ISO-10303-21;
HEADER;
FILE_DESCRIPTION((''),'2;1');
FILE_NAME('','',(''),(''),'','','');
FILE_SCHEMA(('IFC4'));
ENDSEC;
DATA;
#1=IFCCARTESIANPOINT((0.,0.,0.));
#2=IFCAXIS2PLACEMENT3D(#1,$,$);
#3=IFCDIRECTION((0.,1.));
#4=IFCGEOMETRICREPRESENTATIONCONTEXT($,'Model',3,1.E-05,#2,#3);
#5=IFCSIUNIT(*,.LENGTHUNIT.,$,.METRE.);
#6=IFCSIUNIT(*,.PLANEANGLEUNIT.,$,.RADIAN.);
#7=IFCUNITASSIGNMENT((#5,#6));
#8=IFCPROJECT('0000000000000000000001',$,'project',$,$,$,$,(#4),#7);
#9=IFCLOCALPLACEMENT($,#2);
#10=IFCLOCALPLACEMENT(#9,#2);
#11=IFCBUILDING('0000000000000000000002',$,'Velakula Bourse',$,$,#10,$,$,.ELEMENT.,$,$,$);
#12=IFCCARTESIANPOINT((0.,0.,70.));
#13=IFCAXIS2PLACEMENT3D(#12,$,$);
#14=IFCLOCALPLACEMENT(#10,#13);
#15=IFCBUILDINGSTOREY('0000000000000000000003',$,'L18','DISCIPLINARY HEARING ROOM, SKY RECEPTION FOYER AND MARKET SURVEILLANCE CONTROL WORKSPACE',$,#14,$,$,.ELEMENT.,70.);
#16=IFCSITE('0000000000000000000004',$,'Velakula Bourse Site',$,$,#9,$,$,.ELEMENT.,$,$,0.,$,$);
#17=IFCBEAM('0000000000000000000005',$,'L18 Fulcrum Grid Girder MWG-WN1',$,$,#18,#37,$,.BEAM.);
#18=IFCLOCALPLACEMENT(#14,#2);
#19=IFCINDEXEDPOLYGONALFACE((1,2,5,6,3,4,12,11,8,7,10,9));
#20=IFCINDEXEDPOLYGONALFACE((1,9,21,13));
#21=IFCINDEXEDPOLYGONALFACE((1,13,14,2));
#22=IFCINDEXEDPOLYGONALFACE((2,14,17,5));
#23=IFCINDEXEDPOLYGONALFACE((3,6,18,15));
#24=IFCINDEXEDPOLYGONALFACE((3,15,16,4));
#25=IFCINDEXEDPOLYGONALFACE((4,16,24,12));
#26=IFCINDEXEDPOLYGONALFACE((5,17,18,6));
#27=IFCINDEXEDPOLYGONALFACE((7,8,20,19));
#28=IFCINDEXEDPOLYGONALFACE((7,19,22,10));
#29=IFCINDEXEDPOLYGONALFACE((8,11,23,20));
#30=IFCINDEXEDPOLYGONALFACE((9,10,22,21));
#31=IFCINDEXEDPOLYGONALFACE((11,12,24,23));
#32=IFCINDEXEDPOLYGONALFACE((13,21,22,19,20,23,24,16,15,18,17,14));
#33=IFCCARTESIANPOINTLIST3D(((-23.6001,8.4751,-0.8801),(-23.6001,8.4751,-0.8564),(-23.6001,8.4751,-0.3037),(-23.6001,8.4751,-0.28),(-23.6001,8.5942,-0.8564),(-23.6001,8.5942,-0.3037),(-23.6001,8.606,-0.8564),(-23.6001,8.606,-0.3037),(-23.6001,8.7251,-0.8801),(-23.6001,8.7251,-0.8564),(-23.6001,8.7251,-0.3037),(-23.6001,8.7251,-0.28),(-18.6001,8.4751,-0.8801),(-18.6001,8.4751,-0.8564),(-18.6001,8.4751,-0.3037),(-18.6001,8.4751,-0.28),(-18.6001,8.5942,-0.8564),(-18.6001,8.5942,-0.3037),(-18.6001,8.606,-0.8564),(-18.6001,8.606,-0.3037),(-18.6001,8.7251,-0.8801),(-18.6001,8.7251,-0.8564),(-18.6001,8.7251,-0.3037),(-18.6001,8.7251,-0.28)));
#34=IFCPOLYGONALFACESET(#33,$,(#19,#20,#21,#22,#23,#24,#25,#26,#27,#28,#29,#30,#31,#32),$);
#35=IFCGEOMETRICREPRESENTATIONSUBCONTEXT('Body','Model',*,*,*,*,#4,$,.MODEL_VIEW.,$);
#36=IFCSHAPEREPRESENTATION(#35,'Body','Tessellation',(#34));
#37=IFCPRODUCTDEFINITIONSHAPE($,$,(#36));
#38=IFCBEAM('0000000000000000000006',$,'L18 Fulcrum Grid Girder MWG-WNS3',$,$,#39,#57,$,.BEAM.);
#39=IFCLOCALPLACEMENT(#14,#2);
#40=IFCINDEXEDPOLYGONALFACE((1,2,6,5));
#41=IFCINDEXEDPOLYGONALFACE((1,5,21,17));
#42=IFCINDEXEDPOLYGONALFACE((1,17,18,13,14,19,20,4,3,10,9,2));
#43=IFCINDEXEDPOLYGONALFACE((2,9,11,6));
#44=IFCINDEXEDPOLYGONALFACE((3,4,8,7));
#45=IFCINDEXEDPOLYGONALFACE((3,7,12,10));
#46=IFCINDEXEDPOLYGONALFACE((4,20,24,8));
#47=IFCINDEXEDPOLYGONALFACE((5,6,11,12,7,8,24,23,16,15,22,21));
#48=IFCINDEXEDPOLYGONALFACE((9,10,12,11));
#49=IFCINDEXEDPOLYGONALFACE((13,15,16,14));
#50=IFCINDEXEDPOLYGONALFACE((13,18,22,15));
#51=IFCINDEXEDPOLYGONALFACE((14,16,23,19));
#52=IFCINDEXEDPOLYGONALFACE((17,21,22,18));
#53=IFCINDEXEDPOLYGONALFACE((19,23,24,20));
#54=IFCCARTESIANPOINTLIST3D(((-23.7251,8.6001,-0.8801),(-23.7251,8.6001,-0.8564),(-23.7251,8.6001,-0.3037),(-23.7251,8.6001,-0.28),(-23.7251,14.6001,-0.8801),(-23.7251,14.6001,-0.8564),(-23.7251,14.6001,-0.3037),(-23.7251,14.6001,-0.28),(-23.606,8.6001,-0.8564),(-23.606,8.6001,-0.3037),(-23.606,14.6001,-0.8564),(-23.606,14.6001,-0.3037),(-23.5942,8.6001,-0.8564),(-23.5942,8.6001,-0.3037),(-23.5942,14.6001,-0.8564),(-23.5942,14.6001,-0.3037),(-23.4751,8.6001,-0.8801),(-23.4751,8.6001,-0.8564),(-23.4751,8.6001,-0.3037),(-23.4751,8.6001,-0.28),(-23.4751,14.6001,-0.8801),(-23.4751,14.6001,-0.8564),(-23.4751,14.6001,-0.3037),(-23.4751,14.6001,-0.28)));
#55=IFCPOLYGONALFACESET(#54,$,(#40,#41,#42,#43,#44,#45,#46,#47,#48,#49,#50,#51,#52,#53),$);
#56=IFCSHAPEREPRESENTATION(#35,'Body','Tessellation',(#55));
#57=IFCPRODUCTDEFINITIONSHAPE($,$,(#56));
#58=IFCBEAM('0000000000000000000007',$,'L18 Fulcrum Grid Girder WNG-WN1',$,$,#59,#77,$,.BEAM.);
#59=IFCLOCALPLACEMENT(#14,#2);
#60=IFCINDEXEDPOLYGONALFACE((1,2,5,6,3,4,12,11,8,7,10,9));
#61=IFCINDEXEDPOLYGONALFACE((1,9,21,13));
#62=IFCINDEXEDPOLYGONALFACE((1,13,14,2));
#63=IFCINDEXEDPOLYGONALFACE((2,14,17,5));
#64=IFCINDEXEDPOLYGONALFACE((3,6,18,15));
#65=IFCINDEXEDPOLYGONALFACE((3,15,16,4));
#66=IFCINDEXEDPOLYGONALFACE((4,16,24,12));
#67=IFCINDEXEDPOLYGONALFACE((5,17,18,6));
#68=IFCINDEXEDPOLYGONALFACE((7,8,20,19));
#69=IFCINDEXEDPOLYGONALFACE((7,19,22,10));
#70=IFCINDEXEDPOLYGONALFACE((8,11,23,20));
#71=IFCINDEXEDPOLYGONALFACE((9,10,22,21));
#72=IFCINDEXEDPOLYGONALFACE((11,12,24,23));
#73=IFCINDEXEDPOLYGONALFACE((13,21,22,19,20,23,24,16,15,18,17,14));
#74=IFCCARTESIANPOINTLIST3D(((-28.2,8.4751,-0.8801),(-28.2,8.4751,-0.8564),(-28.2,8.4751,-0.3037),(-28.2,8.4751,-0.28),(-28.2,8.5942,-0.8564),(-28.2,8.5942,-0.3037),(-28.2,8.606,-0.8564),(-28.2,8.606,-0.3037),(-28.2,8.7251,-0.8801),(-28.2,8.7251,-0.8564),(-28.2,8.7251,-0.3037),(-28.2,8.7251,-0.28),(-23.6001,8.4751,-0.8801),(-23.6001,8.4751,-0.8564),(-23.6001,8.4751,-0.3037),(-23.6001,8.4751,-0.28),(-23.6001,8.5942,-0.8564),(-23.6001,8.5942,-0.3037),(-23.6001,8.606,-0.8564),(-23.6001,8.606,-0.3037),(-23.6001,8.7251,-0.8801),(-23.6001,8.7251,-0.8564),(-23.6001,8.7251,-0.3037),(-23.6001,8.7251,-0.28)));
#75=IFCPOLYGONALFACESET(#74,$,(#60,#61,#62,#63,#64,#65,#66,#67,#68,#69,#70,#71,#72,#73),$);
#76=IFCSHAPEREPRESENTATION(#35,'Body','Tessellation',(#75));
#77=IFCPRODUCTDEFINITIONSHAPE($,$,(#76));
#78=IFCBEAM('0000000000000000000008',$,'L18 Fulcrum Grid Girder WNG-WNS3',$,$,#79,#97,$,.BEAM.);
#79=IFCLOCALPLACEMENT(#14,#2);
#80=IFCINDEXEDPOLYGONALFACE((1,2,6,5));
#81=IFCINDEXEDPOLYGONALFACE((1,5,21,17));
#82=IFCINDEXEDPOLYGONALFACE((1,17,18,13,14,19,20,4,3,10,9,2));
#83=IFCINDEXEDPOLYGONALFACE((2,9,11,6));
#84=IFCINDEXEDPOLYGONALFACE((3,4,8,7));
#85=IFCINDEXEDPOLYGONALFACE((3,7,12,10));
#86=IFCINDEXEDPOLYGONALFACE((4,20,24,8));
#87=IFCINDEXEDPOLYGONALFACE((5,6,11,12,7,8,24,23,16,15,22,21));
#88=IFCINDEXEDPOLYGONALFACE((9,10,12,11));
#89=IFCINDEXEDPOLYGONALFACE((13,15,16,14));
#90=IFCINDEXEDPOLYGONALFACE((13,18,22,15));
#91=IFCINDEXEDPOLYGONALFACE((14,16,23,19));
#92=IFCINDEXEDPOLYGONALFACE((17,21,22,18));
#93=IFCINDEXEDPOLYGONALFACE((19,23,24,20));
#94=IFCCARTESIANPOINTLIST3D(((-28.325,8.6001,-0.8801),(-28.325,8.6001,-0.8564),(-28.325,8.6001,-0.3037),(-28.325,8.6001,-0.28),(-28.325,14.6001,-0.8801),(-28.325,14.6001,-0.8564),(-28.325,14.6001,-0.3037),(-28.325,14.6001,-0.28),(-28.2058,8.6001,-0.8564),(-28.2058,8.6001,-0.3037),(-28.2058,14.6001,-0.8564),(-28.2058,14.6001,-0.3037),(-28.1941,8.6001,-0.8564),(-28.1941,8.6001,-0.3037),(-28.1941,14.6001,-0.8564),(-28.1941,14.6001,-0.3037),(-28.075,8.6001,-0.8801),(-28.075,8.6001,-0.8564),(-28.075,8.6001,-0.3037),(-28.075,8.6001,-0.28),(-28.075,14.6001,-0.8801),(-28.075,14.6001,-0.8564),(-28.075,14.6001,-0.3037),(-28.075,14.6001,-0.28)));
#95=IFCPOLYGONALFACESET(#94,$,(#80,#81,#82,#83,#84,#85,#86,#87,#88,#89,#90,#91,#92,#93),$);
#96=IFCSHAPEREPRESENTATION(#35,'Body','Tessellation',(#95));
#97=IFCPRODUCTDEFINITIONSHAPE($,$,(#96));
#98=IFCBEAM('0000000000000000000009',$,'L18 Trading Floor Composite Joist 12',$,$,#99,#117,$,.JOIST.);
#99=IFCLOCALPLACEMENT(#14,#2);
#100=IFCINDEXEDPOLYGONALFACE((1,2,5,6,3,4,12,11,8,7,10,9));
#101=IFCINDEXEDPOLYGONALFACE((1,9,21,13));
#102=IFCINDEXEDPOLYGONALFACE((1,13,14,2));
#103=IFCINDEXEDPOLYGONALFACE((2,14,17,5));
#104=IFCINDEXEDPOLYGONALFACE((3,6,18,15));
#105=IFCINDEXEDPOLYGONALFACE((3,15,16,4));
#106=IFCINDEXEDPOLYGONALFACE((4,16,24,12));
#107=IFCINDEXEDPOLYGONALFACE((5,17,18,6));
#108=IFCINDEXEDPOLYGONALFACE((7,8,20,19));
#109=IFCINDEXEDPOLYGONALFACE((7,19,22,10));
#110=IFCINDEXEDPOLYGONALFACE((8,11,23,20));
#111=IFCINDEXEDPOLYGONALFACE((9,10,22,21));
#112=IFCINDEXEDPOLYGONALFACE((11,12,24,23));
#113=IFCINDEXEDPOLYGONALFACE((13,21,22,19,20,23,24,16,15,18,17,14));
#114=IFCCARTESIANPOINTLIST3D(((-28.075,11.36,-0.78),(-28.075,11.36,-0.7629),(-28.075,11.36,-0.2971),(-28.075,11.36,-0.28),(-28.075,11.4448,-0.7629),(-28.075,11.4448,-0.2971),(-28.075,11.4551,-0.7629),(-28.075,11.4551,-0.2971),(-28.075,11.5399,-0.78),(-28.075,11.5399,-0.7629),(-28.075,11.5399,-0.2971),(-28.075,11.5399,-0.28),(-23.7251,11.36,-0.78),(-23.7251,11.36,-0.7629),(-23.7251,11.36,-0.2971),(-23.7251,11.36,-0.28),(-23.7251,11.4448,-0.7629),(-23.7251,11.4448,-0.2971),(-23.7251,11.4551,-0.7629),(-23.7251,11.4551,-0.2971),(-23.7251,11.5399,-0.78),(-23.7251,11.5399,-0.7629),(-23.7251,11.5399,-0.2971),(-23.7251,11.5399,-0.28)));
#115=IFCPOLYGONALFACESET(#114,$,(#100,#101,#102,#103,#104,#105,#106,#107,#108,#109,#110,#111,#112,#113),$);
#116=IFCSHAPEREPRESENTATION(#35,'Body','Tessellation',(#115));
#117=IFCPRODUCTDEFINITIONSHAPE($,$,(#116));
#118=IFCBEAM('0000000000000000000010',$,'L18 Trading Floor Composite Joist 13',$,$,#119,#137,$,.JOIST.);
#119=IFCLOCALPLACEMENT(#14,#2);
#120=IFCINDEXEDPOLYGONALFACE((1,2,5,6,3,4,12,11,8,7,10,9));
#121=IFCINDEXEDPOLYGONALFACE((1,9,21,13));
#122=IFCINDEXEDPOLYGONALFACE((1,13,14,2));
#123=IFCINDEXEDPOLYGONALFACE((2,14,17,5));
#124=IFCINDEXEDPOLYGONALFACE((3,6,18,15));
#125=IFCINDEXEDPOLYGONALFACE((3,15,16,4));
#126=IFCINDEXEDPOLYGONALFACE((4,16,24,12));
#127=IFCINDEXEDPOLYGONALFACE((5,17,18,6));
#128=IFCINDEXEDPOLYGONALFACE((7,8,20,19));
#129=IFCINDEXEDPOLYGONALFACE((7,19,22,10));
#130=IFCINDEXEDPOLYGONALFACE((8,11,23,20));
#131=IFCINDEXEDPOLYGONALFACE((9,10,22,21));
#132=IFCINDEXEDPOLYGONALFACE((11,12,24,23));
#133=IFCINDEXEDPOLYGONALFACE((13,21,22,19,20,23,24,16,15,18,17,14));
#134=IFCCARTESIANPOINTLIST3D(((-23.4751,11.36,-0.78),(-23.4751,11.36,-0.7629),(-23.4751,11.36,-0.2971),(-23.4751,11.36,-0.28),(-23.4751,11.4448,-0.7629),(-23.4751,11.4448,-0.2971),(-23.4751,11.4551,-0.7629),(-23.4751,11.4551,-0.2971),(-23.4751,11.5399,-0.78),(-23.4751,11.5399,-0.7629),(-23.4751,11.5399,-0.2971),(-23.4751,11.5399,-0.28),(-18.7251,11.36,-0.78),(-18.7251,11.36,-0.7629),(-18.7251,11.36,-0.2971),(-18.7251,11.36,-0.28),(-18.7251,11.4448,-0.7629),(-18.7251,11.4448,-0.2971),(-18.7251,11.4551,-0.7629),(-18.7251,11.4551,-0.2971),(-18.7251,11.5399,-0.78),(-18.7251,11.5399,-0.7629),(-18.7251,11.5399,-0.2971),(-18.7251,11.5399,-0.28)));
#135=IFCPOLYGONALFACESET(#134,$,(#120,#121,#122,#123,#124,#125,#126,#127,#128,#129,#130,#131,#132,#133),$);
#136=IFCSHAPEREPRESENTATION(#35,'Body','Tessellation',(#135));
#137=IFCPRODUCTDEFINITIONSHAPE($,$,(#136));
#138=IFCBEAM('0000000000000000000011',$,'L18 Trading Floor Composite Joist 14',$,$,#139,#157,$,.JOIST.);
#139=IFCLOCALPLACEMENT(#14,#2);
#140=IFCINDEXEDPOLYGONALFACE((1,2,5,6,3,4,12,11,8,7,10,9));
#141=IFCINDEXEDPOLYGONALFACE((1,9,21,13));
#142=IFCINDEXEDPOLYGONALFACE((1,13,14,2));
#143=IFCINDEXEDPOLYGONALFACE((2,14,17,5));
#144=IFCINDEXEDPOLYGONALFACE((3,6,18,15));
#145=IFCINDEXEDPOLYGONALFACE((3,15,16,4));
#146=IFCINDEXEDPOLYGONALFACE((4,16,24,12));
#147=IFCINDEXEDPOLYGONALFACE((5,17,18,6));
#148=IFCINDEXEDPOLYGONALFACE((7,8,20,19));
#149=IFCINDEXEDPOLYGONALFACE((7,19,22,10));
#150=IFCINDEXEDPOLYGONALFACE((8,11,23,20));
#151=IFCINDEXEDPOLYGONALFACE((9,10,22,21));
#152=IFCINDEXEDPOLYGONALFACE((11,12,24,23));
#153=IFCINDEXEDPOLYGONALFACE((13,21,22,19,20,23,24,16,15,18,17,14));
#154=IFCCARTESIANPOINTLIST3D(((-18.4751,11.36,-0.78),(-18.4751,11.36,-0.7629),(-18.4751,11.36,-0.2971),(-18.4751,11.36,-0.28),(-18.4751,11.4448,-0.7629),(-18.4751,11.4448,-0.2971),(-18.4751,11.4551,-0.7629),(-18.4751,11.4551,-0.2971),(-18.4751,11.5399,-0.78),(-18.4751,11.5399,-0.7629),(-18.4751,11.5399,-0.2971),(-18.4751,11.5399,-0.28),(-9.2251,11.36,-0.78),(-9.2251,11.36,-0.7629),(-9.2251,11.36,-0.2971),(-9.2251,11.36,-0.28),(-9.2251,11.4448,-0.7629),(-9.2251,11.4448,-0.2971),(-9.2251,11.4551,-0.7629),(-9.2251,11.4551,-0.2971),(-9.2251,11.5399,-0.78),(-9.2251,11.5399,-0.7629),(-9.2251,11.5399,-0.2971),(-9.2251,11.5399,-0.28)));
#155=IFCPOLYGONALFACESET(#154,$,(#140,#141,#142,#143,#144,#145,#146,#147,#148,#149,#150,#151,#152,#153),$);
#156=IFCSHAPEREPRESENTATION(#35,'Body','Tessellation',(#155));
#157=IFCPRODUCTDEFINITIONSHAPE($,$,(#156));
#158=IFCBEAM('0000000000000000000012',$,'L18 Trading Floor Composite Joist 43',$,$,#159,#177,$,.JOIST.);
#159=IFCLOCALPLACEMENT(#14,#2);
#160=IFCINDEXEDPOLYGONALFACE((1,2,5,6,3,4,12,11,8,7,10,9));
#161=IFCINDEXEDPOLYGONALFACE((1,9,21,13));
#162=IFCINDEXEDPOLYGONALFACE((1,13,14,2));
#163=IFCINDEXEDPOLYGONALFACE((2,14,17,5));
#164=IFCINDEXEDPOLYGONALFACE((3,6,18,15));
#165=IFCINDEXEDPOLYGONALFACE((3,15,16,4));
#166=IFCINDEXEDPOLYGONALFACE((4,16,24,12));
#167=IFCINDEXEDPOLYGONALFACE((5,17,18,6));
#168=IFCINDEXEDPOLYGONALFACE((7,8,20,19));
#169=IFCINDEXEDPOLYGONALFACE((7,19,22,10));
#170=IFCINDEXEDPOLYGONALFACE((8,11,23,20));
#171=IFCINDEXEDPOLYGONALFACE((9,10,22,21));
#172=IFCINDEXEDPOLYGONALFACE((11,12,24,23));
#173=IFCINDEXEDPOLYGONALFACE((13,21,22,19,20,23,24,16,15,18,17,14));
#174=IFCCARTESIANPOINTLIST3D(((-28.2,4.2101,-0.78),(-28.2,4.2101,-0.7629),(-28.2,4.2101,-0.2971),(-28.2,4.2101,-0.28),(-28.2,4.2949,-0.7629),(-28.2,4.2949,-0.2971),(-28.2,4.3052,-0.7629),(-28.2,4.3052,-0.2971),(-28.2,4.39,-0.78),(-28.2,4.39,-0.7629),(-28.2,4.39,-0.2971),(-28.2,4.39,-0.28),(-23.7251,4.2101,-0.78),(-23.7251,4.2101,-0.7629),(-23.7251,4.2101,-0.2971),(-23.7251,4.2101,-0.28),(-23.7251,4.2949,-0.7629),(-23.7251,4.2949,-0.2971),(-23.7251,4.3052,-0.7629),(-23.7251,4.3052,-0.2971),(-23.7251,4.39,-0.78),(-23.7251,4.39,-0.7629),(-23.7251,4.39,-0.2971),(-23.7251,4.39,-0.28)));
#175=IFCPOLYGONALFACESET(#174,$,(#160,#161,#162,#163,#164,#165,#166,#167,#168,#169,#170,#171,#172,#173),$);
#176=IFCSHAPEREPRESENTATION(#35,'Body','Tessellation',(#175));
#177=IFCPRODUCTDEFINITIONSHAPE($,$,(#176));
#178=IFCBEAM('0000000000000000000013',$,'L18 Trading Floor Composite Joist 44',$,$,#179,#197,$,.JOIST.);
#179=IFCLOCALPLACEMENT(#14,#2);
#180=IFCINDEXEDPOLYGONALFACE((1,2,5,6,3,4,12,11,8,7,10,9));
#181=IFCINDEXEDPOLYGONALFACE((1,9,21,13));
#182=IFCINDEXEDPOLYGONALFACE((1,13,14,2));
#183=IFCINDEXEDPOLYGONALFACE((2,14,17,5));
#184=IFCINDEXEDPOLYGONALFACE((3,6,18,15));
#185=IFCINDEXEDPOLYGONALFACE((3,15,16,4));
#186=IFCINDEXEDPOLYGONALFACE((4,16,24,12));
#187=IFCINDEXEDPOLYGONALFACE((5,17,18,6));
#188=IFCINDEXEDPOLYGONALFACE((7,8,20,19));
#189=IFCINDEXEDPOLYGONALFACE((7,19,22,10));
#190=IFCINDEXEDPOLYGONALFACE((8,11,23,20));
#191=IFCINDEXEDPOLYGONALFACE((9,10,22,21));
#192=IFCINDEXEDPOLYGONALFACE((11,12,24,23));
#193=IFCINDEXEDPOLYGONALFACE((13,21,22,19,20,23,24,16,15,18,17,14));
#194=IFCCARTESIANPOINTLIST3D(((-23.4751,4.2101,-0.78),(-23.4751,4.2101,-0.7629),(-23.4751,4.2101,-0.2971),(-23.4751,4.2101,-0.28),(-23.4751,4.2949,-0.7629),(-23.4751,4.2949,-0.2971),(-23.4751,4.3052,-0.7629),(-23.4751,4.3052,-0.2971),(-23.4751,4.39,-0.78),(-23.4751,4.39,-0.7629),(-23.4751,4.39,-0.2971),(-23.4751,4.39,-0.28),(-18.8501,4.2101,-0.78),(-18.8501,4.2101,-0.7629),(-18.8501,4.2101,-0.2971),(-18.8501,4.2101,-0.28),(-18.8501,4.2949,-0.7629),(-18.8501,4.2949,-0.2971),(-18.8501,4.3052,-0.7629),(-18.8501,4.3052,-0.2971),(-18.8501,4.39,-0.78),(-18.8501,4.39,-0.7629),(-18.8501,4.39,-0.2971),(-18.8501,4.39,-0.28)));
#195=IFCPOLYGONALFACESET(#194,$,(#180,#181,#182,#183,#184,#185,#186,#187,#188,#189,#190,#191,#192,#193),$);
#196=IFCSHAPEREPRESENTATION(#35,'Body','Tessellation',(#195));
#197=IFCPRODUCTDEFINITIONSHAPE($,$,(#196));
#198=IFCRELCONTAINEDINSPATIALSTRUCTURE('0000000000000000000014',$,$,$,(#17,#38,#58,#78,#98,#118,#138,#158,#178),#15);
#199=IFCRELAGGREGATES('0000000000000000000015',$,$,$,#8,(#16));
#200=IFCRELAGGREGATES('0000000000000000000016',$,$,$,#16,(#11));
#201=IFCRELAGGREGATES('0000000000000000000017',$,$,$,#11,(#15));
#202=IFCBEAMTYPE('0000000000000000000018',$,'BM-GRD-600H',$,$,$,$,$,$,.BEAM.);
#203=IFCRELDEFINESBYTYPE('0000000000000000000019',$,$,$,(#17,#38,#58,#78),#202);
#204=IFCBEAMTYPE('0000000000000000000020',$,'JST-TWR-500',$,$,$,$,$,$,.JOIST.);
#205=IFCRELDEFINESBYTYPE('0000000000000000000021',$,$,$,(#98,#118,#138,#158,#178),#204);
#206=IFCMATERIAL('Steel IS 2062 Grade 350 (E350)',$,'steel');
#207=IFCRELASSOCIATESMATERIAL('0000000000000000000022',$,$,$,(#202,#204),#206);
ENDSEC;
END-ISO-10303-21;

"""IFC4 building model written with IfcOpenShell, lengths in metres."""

from ifc_helpers import new_model, si_unit, direction, frame, origin, origin_2d, place, context, subcontext, project, spatial, i_section, extrude, material, material_profile, profile_set, type_object, element, save


model = new_model("IFC4")

# Units and contexts
model_context = context("Model", 3, precision=1e-05, world=origin(), true_north=direction((0.0, 1.0)))
body_context = subcontext(model_context, "Body", "Model", "MODEL_VIEW")
ifc_project = project(units=[si_unit("LENGTHUNIT", "METRE"), si_unit("PLANEANGLEUNIT", "RADIAN")], contexts=[model_context])

# Site, building, storey
site_placement = place(None, origin())
site = spatial("IfcSite", under=ifc_project, at=site_placement, Name="Velakula Bourse Site", CompositionType="ELEMENT", RefElevation=0.0)
building_placement = place(site_placement, origin())
building = spatial("IfcBuilding", under=site, at=building_placement, Name="Velakula Bourse", CompositionType="ELEMENT")
storey_placement = place(building_placement, frame((0.0, 0.0, 70.0)))
storey = spatial("IfcBuildingStorey", under=building, at=storey_placement, Name="L18", Description="DISCIPLINARY HEARING ROOM, SKY RECEPTION FOYER AND MARKET SURVEILLANCE CONTROL WORKSPACE", CompositionType="ELEMENT", Elevation=70.0)

# Beams
ifc_material_1 = material(Name="Steel IS 2062 Grade 350 (E350)", Category="steel")
ifc_material_profile_1 = material_profile(ifc_material_1, i_section(OverallWidth=0.25, OverallDepth=0.6001, WebThickness=0.0117, FlangeThickness=0.0237, at=origin_2d()), Name="Steel IS 2062 Grade 350 (E350)")
ifc_profile_set_1 = profile_set([ifc_material_profile_1], Name="Steel IS 2062 Grade 350 (E350)")
beam_type_1 = type_object("IfcBeamType", Name="BM-GRD-600H", PredefinedType="BEAM", material=ifc_profile_set_1)
beam_1_placement = place(storey_placement, frame((-23.6001, 8.6001, -0.5801), z_axis=(1.0, 0.0, 0.0), x_axis=(0.0, 1.0, 0.0)))
element("IfcBeam", 1, at=beam_1_placement, inside=storey, type_object=beam_type_1, Name="L18 Fulcrum Grid Girder MWG-WN1", PredefinedType="BEAM", context=body_context, shape_type="SweptSolid", body=[
    extrude(i_section(OverallWidth=0.25, OverallDepth=0.6001, WebThickness=0.0117, FlangeThickness=0.0237, at=origin_2d()), origin(), (0.0, 0.0, 1.0), 5.0),
])
beam_2_placement = place(storey_placement, frame((-23.6001, 8.6001, -0.5801), z_axis=(0.0, 1.0, 0.0), x_axis=(-1.0, 0.0, 0.0)))
element("IfcBeam", 2, at=beam_2_placement, inside=storey, type_object=beam_type_1, Name="L18 Fulcrum Grid Girder MWG-WNS3", PredefinedType="BEAM", context=body_context, shape_type="SweptSolid", body=[
    extrude(i_section(OverallWidth=0.25, OverallDepth=0.6001, WebThickness=0.0117, FlangeThickness=0.0237, at=origin_2d()), origin(), (0.0, 0.0, 1.0), 6.0),
])
beam_3_placement = place(storey_placement, frame((-28.2, 8.6001, -0.5801), z_axis=(1.0, 0.0, 0.0), x_axis=(0.0, 1.0, 0.0)))
element("IfcBeam", 3, at=beam_3_placement, inside=storey, type_object=beam_type_1, Name="L18 Fulcrum Grid Girder WNG-WN1", PredefinedType="BEAM", context=body_context, shape_type="SweptSolid", body=[
    extrude(i_section(OverallWidth=0.25, OverallDepth=0.6001, WebThickness=0.0117, FlangeThickness=0.0237, at=origin_2d()), origin(), (0.0, 0.0, 1.0), 4.5999),
])
beam_4_placement = place(storey_placement, frame((-28.2, 8.6001, -0.5801), z_axis=(0.0, 1.0, 0.0), x_axis=(-1.0, 0.0, 0.0)))
element("IfcBeam", 4, at=beam_4_placement, inside=storey, type_object=beam_type_1, Name="L18 Fulcrum Grid Girder WNG-WNS3", PredefinedType="BEAM", context=body_context, shape_type="SweptSolid", body=[
    extrude(i_section(OverallWidth=0.25, OverallDepth=0.6001, WebThickness=0.0117, FlangeThickness=0.0237, at=origin_2d()), origin(), (0.0, 0.0, 1.0), 6.0),
])
ifc_material_profile_2 = material_profile(ifc_material_1, i_section(OverallWidth=0.1799, OverallDepth=0.5, WebThickness=0.0103, FlangeThickness=0.0171, at=origin_2d()), Name="Steel IS 2062 Grade 350 (E350)")
ifc_profile_set_2 = profile_set([ifc_material_profile_2], Name="Steel IS 2062 Grade 350 (E350)")
beam_type_2 = type_object("IfcBeamType", Name="JST-TWR-500", PredefinedType="JOIST", material=ifc_profile_set_2)
beam_5_placement = place(storey_placement, frame((-28.075, 11.45, -0.53), z_axis=(1.0, 0.0, 0.0), x_axis=(0.0, 1.0, 0.0)))
element("IfcBeam", 5, at=beam_5_placement, inside=storey, type_object=beam_type_2, Name="L18 Trading Floor Composite Joist 12", PredefinedType="JOIST", context=body_context, shape_type="SweptSolid", body=[
    extrude(i_section(OverallWidth=0.1799, OverallDepth=0.5, WebThickness=0.0103, FlangeThickness=0.0171, at=origin_2d()), origin(), (0.0, 0.0, 1.0), 4.3499),
])
beam_6_placement = place(storey_placement, frame((-23.4751, 11.45, -0.53), z_axis=(1.0, 0.0, 0.0), x_axis=(0.0, 1.0, 0.0)))
element("IfcBeam", 6, at=beam_6_placement, inside=storey, type_object=beam_type_2, Name="L18 Trading Floor Composite Joist 13", PredefinedType="JOIST", context=body_context, shape_type="SweptSolid", body=[
    extrude(i_section(OverallWidth=0.1799, OverallDepth=0.5, WebThickness=0.0103, FlangeThickness=0.0171, at=origin_2d()), origin(), (0.0, 0.0, 1.0), 4.75),
])
beam_7_placement = place(storey_placement, frame((-18.4751, 11.45, -0.53), z_axis=(1.0, 0.0, 0.0), x_axis=(0.0, 1.0, 0.0)))
element("IfcBeam", 7, at=beam_7_placement, inside=storey, type_object=beam_type_2, Name="L18 Trading Floor Composite Joist 14", PredefinedType="JOIST", context=body_context, shape_type="SweptSolid", body=[
    extrude(i_section(OverallWidth=0.1799, OverallDepth=0.5, WebThickness=0.0103, FlangeThickness=0.0171, at=origin_2d()), origin(), (0.0, 0.0, 1.0), 9.25),
])
beam_8_placement = place(storey_placement, frame((-28.2, 4.3, -0.53), z_axis=(1.0, 0.0, 0.0), x_axis=(0.0, 1.0, 0.0)))
element("IfcBeam", 8, at=beam_8_placement, inside=storey, type_object=beam_type_2, Name="L18 Trading Floor Composite Joist 43", PredefinedType="JOIST", context=body_context, shape_type="SweptSolid", body=[
    extrude(i_section(OverallWidth=0.1799, OverallDepth=0.5, WebThickness=0.0103, FlangeThickness=0.0171, at=origin_2d()), origin(), (0.0, 0.0, 1.0), 4.4749),
])
beam_9_placement = place(storey_placement, frame((-23.4751, 4.3, -0.53), z_axis=(1.0, 0.0, 0.0), x_axis=(0.0, 1.0, 0.0)))
element("IfcBeam", 9, at=beam_9_placement, inside=storey, type_object=beam_type_2, Name="L18 Trading Floor Composite Joist 44", PredefinedType="JOIST", context=body_context, shape_type="SweptSolid", body=[
    extrude(i_section(OverallWidth=0.1799, OverallDepth=0.5, WebThickness=0.0103, FlangeThickness=0.0171, at=origin_2d()), origin(), (0.0, 0.0, 1.0), 4.625),
])

save(model, "model.ifc")
